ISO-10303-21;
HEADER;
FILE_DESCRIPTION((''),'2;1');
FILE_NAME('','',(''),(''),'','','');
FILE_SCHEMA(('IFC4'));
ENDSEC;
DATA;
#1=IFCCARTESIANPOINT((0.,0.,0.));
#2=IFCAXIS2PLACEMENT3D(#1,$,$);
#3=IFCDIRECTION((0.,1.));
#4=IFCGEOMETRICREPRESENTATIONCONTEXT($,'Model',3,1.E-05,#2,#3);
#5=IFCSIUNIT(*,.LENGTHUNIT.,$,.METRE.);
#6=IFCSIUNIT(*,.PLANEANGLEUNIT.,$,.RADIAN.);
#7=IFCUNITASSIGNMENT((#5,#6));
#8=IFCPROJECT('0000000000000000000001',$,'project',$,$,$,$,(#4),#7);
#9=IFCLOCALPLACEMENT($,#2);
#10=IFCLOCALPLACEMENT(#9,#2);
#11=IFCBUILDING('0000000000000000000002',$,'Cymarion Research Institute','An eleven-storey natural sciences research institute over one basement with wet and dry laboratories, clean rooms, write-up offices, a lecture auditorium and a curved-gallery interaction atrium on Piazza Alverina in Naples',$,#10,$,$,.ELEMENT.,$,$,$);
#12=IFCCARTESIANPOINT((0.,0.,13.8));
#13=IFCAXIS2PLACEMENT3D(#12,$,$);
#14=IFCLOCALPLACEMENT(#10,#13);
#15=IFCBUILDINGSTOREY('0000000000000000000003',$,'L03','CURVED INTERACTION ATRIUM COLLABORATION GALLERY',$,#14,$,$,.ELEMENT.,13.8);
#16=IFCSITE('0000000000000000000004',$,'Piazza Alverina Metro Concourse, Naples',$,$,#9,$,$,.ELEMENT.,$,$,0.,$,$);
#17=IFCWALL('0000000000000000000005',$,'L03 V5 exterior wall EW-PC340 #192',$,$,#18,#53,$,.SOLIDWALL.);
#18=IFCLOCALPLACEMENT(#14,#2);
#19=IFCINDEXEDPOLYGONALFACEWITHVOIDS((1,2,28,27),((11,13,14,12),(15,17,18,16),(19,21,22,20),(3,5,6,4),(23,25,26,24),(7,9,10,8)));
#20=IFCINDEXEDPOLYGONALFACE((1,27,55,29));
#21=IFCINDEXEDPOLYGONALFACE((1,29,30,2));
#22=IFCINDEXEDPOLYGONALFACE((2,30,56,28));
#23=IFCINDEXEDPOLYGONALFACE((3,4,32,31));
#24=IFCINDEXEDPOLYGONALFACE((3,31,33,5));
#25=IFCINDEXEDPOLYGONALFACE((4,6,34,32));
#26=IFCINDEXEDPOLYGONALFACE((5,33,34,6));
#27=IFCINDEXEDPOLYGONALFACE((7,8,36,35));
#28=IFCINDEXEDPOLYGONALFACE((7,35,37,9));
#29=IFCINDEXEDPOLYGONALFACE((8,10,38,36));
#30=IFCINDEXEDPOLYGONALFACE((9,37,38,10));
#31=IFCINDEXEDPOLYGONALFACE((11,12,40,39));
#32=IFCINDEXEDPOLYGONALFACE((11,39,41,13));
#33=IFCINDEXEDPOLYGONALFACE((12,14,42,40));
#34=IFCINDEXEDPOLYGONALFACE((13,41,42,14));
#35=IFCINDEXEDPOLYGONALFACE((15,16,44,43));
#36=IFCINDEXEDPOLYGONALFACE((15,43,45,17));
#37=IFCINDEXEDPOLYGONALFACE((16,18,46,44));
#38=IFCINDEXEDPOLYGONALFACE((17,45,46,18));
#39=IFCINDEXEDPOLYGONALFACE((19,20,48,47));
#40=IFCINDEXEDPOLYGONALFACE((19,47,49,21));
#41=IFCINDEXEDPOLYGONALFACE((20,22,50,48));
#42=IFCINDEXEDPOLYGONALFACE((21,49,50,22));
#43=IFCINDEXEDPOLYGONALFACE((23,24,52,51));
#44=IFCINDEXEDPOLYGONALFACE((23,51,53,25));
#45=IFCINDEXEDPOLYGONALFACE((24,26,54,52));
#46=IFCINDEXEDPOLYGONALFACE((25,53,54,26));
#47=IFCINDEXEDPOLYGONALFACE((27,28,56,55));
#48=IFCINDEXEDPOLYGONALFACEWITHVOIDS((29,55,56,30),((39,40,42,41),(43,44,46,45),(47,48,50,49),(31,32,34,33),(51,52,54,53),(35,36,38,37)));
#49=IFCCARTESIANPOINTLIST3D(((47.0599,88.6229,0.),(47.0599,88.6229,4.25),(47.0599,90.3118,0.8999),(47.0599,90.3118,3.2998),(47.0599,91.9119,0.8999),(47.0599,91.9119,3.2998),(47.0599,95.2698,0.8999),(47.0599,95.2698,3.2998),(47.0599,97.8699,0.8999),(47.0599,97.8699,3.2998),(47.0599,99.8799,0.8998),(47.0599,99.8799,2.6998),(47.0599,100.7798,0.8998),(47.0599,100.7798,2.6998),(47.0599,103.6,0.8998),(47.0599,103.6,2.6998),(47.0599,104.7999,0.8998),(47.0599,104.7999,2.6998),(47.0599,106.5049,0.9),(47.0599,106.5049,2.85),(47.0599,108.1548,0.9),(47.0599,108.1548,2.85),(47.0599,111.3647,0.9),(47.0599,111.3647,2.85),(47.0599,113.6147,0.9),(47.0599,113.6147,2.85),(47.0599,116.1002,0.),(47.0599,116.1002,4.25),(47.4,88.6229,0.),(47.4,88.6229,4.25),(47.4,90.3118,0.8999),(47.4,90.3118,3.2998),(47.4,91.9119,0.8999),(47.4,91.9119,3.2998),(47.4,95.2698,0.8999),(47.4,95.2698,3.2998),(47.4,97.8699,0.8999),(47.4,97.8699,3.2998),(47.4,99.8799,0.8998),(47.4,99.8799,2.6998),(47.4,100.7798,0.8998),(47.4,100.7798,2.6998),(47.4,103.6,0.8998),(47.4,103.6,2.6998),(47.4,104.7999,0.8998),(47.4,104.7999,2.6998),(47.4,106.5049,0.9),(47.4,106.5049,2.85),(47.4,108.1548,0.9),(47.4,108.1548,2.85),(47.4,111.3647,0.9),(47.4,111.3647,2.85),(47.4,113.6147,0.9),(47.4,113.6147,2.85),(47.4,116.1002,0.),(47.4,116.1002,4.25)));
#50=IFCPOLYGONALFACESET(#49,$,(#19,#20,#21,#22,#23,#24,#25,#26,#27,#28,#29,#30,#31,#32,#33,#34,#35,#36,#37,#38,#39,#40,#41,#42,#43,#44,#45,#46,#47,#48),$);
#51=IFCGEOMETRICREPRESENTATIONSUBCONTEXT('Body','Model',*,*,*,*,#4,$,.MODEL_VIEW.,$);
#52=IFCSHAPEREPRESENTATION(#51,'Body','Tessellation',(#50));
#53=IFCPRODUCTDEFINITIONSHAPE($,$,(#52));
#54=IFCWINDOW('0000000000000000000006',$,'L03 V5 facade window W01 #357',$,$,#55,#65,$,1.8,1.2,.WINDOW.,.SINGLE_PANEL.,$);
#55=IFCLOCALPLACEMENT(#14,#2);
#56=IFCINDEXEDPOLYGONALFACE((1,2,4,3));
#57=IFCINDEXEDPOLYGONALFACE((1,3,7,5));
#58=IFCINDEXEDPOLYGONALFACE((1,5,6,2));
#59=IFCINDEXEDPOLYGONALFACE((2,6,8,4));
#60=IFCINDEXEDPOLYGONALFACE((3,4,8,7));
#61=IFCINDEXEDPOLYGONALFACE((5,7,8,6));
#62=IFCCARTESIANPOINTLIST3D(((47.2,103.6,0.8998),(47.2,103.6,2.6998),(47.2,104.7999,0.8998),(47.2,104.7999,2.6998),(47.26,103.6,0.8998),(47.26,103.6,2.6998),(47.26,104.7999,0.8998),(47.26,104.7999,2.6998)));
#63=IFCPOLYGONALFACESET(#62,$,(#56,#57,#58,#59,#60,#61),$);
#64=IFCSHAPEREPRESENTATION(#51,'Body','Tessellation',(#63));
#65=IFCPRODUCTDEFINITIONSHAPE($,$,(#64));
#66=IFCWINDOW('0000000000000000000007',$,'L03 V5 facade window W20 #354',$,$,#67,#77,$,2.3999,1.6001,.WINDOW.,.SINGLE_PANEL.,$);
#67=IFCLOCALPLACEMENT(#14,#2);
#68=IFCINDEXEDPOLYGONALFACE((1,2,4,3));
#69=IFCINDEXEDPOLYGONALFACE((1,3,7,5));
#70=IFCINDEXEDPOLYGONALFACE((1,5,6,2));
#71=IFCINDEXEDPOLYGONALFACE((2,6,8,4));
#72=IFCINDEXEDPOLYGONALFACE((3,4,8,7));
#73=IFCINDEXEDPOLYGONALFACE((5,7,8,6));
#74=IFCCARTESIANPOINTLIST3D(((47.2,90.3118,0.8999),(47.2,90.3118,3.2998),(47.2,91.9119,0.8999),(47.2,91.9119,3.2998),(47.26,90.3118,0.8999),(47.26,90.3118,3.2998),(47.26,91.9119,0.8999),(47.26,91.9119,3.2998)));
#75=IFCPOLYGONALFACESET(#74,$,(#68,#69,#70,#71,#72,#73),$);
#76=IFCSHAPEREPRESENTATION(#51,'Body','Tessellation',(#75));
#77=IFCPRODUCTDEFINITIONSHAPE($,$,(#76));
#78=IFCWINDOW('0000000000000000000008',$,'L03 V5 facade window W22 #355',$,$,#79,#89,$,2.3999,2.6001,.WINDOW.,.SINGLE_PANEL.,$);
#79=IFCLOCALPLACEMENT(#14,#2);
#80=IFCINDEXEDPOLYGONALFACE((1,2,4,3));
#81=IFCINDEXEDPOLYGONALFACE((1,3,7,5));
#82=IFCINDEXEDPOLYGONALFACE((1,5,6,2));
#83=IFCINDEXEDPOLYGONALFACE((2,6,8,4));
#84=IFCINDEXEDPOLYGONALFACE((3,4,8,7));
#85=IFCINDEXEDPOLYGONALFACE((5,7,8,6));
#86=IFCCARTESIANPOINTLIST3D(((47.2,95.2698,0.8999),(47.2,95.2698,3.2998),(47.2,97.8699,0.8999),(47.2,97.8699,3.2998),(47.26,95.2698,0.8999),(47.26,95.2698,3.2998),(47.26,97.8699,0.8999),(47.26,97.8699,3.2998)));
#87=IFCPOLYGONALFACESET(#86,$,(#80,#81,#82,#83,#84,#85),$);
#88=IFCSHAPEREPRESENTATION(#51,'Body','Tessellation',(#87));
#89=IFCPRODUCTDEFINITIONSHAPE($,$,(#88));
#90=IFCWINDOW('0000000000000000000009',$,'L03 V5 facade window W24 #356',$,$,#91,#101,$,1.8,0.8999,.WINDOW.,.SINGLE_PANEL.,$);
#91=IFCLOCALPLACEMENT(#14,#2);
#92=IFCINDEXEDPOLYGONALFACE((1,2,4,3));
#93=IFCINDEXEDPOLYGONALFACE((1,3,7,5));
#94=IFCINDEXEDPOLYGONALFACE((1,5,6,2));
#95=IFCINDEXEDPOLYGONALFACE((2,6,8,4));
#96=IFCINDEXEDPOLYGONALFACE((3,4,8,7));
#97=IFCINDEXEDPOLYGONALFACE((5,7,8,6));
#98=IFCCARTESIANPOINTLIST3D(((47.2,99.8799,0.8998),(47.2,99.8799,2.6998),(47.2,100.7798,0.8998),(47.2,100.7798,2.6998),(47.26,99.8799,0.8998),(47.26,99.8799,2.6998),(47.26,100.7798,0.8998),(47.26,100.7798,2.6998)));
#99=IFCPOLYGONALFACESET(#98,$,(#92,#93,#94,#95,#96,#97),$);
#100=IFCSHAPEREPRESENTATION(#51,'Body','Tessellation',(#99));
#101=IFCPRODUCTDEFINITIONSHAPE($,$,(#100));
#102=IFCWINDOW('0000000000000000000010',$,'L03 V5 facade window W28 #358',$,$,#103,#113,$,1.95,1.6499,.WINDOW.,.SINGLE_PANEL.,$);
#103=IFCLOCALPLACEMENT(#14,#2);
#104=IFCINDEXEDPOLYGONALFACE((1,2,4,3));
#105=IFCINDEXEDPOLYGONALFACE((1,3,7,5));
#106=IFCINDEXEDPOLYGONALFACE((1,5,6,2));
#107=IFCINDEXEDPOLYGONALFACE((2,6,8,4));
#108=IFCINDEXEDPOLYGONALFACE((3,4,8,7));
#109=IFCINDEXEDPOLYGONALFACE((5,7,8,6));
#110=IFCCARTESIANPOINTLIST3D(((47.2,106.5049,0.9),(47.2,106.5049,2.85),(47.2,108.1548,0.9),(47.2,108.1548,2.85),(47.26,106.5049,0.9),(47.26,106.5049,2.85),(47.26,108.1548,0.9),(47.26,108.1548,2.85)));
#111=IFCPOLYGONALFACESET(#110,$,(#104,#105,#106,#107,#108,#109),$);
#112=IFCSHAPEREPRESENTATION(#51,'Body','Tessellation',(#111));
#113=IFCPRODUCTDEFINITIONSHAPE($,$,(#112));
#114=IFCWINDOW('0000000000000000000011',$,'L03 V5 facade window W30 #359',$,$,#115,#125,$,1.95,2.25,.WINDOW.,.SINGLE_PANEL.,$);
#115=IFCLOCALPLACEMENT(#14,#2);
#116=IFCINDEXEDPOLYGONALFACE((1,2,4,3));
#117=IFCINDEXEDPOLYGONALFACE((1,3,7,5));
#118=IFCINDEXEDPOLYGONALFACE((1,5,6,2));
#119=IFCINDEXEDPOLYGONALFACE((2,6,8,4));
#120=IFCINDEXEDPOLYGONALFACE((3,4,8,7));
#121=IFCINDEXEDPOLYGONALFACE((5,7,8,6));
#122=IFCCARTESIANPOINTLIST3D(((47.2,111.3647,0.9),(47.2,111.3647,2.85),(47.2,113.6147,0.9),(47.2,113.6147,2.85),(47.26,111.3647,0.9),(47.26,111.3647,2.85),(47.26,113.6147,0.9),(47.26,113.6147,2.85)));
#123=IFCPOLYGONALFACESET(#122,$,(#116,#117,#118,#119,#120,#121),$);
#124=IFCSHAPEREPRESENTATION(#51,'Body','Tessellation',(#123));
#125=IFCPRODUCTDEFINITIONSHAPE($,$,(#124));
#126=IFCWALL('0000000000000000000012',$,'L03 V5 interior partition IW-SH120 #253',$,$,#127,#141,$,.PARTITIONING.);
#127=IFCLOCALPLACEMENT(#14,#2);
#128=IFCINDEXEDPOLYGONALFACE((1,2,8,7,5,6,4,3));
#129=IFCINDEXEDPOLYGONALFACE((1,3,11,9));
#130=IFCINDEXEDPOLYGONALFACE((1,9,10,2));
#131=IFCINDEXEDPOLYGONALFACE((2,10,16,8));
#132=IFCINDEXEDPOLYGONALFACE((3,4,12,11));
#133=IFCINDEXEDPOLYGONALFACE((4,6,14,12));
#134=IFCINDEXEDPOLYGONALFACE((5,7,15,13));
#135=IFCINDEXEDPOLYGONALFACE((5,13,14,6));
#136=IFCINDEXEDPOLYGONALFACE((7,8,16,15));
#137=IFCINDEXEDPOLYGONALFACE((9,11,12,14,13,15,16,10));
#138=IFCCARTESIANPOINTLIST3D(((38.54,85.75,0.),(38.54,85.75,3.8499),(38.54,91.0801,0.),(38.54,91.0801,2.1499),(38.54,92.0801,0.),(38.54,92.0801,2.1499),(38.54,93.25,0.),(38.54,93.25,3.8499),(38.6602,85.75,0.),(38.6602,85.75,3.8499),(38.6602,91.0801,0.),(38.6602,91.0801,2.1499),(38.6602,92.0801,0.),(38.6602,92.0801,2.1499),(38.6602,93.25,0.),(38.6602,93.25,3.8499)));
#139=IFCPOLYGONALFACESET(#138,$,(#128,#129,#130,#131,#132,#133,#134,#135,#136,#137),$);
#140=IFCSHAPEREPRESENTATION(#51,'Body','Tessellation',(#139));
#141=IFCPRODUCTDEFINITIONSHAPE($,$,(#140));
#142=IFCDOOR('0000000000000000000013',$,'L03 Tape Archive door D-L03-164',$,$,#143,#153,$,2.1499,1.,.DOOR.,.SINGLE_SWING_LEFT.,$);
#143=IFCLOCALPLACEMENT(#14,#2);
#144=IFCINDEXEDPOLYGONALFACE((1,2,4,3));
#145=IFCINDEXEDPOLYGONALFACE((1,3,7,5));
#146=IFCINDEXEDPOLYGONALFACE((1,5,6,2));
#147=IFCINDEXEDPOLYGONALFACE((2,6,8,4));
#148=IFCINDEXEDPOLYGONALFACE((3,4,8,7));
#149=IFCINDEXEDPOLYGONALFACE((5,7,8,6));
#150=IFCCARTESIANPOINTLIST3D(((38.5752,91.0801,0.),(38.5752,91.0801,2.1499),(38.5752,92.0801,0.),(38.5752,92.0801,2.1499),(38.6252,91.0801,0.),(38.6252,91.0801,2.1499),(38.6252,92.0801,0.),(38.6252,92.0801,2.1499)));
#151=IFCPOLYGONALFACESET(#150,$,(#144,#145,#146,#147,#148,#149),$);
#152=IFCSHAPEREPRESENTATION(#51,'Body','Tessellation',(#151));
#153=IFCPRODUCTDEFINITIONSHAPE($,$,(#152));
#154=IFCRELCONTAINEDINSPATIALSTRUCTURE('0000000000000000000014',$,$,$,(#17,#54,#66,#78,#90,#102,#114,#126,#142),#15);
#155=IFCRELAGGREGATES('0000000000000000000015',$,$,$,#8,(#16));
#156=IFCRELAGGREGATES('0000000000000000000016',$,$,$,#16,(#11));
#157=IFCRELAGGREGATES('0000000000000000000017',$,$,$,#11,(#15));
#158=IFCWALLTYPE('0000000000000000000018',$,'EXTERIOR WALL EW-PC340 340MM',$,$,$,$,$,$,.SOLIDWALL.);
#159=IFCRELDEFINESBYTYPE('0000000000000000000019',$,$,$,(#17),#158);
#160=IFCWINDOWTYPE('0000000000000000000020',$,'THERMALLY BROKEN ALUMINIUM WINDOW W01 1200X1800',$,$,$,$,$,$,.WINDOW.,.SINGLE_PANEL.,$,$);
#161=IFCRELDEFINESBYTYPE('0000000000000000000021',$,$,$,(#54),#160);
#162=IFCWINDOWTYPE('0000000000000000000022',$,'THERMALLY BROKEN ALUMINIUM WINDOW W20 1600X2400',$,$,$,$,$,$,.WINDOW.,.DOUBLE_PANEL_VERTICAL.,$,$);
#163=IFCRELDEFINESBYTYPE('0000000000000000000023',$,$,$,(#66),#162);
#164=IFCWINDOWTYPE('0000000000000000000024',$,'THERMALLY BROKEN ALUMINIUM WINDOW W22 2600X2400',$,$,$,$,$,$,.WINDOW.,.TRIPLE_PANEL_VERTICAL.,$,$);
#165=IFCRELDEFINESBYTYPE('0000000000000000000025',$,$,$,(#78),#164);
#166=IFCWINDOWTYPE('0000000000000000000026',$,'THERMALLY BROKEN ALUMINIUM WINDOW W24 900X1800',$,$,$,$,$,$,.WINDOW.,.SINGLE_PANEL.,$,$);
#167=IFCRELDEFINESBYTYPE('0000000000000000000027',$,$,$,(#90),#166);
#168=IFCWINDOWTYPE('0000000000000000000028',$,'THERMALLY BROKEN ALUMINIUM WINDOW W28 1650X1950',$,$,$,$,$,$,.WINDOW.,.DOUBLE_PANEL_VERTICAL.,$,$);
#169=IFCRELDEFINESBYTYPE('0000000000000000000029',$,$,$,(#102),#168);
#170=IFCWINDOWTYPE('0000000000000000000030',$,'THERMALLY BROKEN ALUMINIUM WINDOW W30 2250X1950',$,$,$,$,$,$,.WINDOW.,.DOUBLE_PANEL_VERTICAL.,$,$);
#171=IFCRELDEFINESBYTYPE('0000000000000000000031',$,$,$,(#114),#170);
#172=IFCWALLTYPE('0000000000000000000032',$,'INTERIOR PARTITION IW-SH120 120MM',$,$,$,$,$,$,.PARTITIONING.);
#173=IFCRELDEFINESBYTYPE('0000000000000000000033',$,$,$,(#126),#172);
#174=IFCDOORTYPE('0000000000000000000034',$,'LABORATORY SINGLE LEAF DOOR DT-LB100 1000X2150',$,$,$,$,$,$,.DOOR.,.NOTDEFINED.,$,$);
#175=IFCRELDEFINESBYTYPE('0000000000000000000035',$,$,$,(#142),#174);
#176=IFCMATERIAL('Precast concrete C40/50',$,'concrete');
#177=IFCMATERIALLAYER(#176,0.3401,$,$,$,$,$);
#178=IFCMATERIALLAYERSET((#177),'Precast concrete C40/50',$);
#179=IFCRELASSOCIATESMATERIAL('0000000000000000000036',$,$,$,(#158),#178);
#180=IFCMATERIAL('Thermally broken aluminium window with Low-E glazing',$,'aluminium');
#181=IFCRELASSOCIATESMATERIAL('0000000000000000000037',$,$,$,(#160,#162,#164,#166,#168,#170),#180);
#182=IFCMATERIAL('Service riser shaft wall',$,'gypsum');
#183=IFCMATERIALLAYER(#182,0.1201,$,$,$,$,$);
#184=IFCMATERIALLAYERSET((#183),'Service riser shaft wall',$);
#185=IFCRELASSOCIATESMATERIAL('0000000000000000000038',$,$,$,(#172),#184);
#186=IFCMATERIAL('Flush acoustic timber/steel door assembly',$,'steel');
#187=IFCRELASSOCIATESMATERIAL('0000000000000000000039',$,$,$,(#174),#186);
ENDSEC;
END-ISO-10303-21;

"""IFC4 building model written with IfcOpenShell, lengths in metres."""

from ifc_helpers import new_model, si_unit, direction, frame, frame_2d, origin, place, context, subcontext, project, spatial, rectangle, extrude, material, layer, layer_set, type_object, element, fill, save


model = new_model("IFC4")

# Units and contexts
model_context = context("Model", 3, precision=1e-05, world=origin(), true_north=direction((0.0, 1.0)))
body_context = subcontext(model_context, "Body", "Model", "MODEL_VIEW")
ifc_project = project(units=[si_unit("LENGTHUNIT", "METRE"), si_unit("PLANEANGLEUNIT", "RADIAN")], contexts=[model_context])

# Site, building, storey
site_placement = place(None, origin())
site = spatial("IfcSite", under=ifc_project, at=site_placement, Name="Piazza Alverina Metro Concourse, Naples", CompositionType="ELEMENT", RefElevation=0.0)
building_placement = place(site_placement, origin())
building = spatial("IfcBuilding", under=site, at=building_placement, Name="Cymarion Research Institute", Description="An eleven-storey natural sciences research institute over one basement with wet and dry laboratories, clean rooms, write-up offices, a lecture auditorium and a curved-gallery interaction atrium on Piazza Alverina in Naples", CompositionType="ELEMENT")
storey_placement = place(building_placement, frame((0.0, 0.0, 13.8)))
storey = spatial("IfcBuildingStorey", under=building, at=storey_placement, Name="L03", Description="CURVED INTERACTION ATRIUM COLLABORATION GALLERY", CompositionType="ELEMENT", Elevation=13.8)

# Wall, openings, windows
ifc_material_1 = material(Name="Precast concrete C40/50", Category="concrete")
ifc_layer_1 = layer(ifc_material_1, 0.3401)
ifc_layer_set_1 = layer_set([ifc_layer_1], Name="Precast concrete C40/50")
wall_type_1 = type_object("IfcWallType", Name="EXTERIOR WALL EW-PC340 340MM", PredefinedType="SOLIDWALL", material=ifc_layer_set_1)
wall_1_placement = place(storey_placement, frame((47.23, 88.6228, 0.0), z_axis=(0.0, 0.0, 1.0), x_axis=(0.0, 1.0, 0.0)))
wall_1 = element("IfcWall", 1, at=wall_1_placement, inside=storey, type_object=wall_type_1, Name="L03 V5 exterior wall EW-PC340 #192", PredefinedType="SOLIDWALL", context=body_context, shape_type="SweptSolid", body=[
    extrude(rectangle(XDim=27.4773, YDim=0.3401, at=frame_2d((13.7388, 0.0))), origin(), (0.0, 0.0, 1.0), 4.25),
])
opening_1_placement = place(wall_1_placement, frame((1.689, 0.0, 0.8999)))
opening_1 = element("IfcOpeningElement", 2, at=opening_1_placement, cuts=wall_1, PredefinedType="OPENING", context=body_context, shape_type="SweptSolid", body=[
    extrude(rectangle(XDim=1.6001, YDim=2.3999, at=frame_2d((0.8, 1.2))), frame((0.0, 0.1799, 0.0), z_axis=(0.0, -1.0, 0.0), x_axis=(1.0, 0.0, 0.0)), (0.0, 0.0, 1.0), 0.3601),
])
opening_2_placement = place(wall_1_placement, frame((6.647, 0.0, 0.8999)))
opening_2 = element("IfcOpeningElement", 3, at=opening_2_placement, cuts=wall_1, PredefinedType="OPENING", context=body_context, shape_type="SweptSolid", body=[
    extrude(rectangle(XDim=2.6001, YDim=2.3999, at=frame_2d((1.3, 1.2))), frame((0.0, 0.1799, 0.0), z_axis=(0.0, -1.0, 0.0), x_axis=(1.0, 0.0, 0.0)), (0.0, 0.0, 1.0), 0.3601),
])
opening_3_placement = place(wall_1_placement, frame((11.2571, 0.0, 0.8999)))
opening_3 = element("IfcOpeningElement", 4, at=opening_3_placement, cuts=wall_1, PredefinedType="OPENING", context=body_context, shape_type="SweptSolid", body=[
    extrude(rectangle(XDim=0.8999, YDim=1.8, at=frame_2d((0.45, 0.8999))), frame((0.0, 0.1799, 0.0), z_axis=(0.0, -1.0, 0.0), x_axis=(1.0, 0.0, 0.0)), (0.0, 0.0, 1.0), 0.3601),
])
opening_4_placement = place(wall_1_placement, frame((14.9771, 0.0, 0.8999)))
opening_4 = element("IfcOpeningElement", 5, at=opening_4_placement, cuts=wall_1, PredefinedType="OPENING", context=body_context, shape_type="SweptSolid", body=[
    extrude(rectangle(XDim=1.2, YDim=1.8, at=frame_2d((0.6001, 0.8999))), frame((0.0, 0.1799, 0.0), z_axis=(0.0, -1.0, 0.0), x_axis=(1.0, 0.0, 0.0)), (0.0, 0.0, 1.0), 0.3601),
])
opening_5_placement = place(wall_1_placement, frame((17.8821, 0.0, 0.8999)))
opening_5 = element("IfcOpeningElement", 6, at=opening_5_placement, cuts=wall_1, PredefinedType="OPENING", context=body_context, shape_type="SweptSolid", body=[
    extrude(rectangle(XDim=1.6499, YDim=1.95, at=frame_2d((0.825, 0.9751))), frame((0.0, 0.1799, 0.0), z_axis=(0.0, -1.0, 0.0), x_axis=(1.0, 0.0, 0.0)), (0.0, 0.0, 1.0), 0.3601),
])
opening_6_placement = place(wall_1_placement, frame((22.7419, 0.0, 0.8999)))
opening_6 = element("IfcOpeningElement", 7, at=opening_6_placement, cuts=wall_1, PredefinedType="OPENING", context=body_context, shape_type="SweptSolid", body=[
    extrude(rectangle(XDim=2.25, YDim=1.95, at=frame_2d((1.125, 0.9751))), frame((0.0, 0.1799, 0.0), z_axis=(0.0, -1.0, 0.0), x_axis=(1.0, 0.0, 0.0)), (0.0, 0.0, 1.0), 0.3601),
])
ifc_material_2 = material(Name="Thermally broken aluminium window with Low-E glazing", Category="aluminium")
window_type_1 = type_object("IfcWindowType", Name="THERMALLY BROKEN ALUMINIUM WINDOW W01 1200X1800", PartitioningType="SINGLE_PANEL", PredefinedType="WINDOW", material=ifc_material_2)
window_1_placement = place(opening_4_placement, origin())
window_1 = element("IfcWindow", 8, at=window_1_placement, inside=storey, type_object=window_type_1, Name="L03 V5 facade window W01 #357", OverallHeight=1.8, OverallWidth=1.2, PartitioningType="SINGLE_PANEL", PredefinedType="WINDOW", context=body_context, shape_type="SweptSolid", body=[
    extrude(rectangle(XDim=1.2, YDim=1.8, at=frame_2d((0.6001, 0.8999))), frame((0.0, 0.03, 0.0), z_axis=(0.0, -1.0, 0.0), x_axis=(1.0, 0.0, 0.0)), (0.0, 0.0, 1.0), 0.0601),
])
fill(opening_4, window_1)
window_type_2 = type_object("IfcWindowType", Name="THERMALLY BROKEN ALUMINIUM WINDOW W20 1600X2400", PartitioningType="DOUBLE_PANEL_VERTICAL", PredefinedType="WINDOW", material=ifc_material_2)
window_2_placement = place(opening_1_placement, origin())
window_2 = element("IfcWindow", 9, at=window_2_placement, inside=storey, type_object=window_type_2, Name="L03 V5 facade window W20 #354", OverallHeight=2.3999, OverallWidth=1.6001, PartitioningType="SINGLE_PANEL", PredefinedType="WINDOW", context=body_context, shape_type="SweptSolid", body=[
    extrude(rectangle(XDim=1.6001, YDim=2.3999, at=frame_2d((0.8, 1.2))), frame((0.0, 0.03, 0.0), z_axis=(0.0, -1.0, 0.0), x_axis=(1.0, 0.0, 0.0)), (0.0, 0.0, 1.0), 0.0601),
])
fill(opening_1, window_2)
window_type_3 = type_object("IfcWindowType", Name="THERMALLY BROKEN ALUMINIUM WINDOW W22 2600X2400", PartitioningType="TRIPLE_PANEL_VERTICAL", PredefinedType="WINDOW", material=ifc_material_2)
window_3_placement = place(opening_2_placement, origin())
window_3 = element("IfcWindow", 10, at=window_3_placement, inside=storey, type_object=window_type_3, Name="L03 V5 facade window W22 #355", OverallHeight=2.3999, OverallWidth=2.6001, PartitioningType="SINGLE_PANEL", PredefinedType="WINDOW", context=body_context, shape_type="SweptSolid", body=[
    extrude(rectangle(XDim=2.6001, YDim=2.3999, at=frame_2d((1.3, 1.2))), frame((0.0, 0.03, 0.0), z_axis=(0.0, -1.0, 0.0), x_axis=(1.0, 0.0, 0.0)), (0.0, 0.0, 1.0), 0.0601),
])
fill(opening_2, window_3)
window_type_4 = type_object("IfcWindowType", Name="THERMALLY BROKEN ALUMINIUM WINDOW W24 900X1800", PartitioningType="SINGLE_PANEL", PredefinedType="WINDOW", material=ifc_material_2)
window_4_placement = place(opening_3_placement, origin())
window_4 = element("IfcWindow", 11, at=window_4_placement, inside=storey, type_object=window_type_4, Name="L03 V5 facade window W24 #356", OverallHeight=1.8, OverallWidth=0.8999, PartitioningType="SINGLE_PANEL", PredefinedType="WINDOW", context=body_context, shape_type="SweptSolid", body=[
    extrude(rectangle(XDim=0.8999, YDim=1.8, at=frame_2d((0.45, 0.8999))), frame((0.0, 0.03, 0.0), z_axis=(0.0, -1.0, 0.0), x_axis=(1.0, 0.0, 0.0)), (0.0, 0.0, 1.0), 0.0601),
])
fill(opening_3, window_4)
window_type_5 = type_object("IfcWindowType", Name="THERMALLY BROKEN ALUMINIUM WINDOW W28 1650X1950", PartitioningType="DOUBLE_PANEL_VERTICAL", PredefinedType="WINDOW", material=ifc_material_2)
window_5_placement = place(opening_5_placement, origin())
window_5 = element("IfcWindow", 12, at=window_5_placement, inside=storey, type_object=window_type_5, Name="L03 V5 facade window W28 #358", OverallHeight=1.95, OverallWidth=1.6499, PartitioningType="SINGLE_PANEL", PredefinedType="WINDOW", context=body_context, shape_type="SweptSolid", body=[
    extrude(rectangle(XDim=1.6499, YDim=1.95, at=frame_2d((0.825, 0.9751))), frame((0.0, 0.03, 0.0), z_axis=(0.0, -1.0, 0.0), x_axis=(1.0, 0.0, 0.0)), (0.0, 0.0, 1.0), 0.0601),
])
fill(opening_5, window_5)
window_type_6 = type_object("IfcWindowType", Name="THERMALLY BROKEN ALUMINIUM WINDOW W30 2250X1950", PartitioningType="DOUBLE_PANEL_VERTICAL", PredefinedType="WINDOW", material=ifc_material_2)
window_6_placement = place(opening_6_placement, origin())
window_6 = element("IfcWindow", 13, at=window_6_placement, inside=storey, type_object=window_type_6, Name="L03 V5 facade window W30 #359", OverallHeight=1.95, OverallWidth=2.25, PartitioningType="SINGLE_PANEL", PredefinedType="WINDOW", context=body_context, shape_type="SweptSolid", body=[
    extrude(rectangle(XDim=2.25, YDim=1.95, at=frame_2d((1.125, 0.9751))), frame((0.0, 0.03, 0.0), z_axis=(0.0, -1.0, 0.0), x_axis=(1.0, 0.0, 0.0)), (0.0, 0.0, 1.0), 0.0601),
])
fill(opening_6, window_6)

# Wall, opening, door
ifc_material_3 = material(Name="Service riser shaft wall", Category="gypsum")
ifc_layer_2 = layer(ifc_material_3, 0.1201)
ifc_layer_set_2 = layer_set([ifc_layer_2], Name="Service riser shaft wall")
wall_type_2 = type_object("IfcWallType", Name="INTERIOR PARTITION IW-SH120 120MM", PredefinedType="PARTITIONING", material=ifc_layer_set_2)
wall_2_placement = place(storey_placement, frame((38.6001, 85.75, 0.0), z_axis=(0.0, 0.0, 1.0), x_axis=(0.0, 1.0, 0.0)))
wall_2 = element("IfcWall", 14, at=wall_2_placement, inside=storey, type_object=wall_type_2, Name="L03 V5 interior partition IW-SH120 #253", PredefinedType="PARTITIONING", context=body_context, shape_type="SweptSolid", body=[
    extrude(rectangle(XDim=7.5, YDim=0.1201, at=frame_2d((3.75, 0.0))), origin(), (0.0, 0.0, 1.0), 3.8499),
])
opening_7_placement = place(wall_2_placement, frame((5.3301, 0.0, 0.0)))
opening_7 = element("IfcOpeningElement", 15, at=opening_7_placement, cuts=wall_2, PredefinedType="OPENING", context=body_context, shape_type="SweptSolid", body=[
    extrude(rectangle(XDim=1.0, YDim=2.1499, at=frame_2d((0.5, 1.075))), frame((0.0, 0.0701, 0.0), z_axis=(0.0, -1.0, 0.0), x_axis=(1.0, 0.0, 0.0)), (0.0, 0.0, 1.0), 0.1401),
])
ifc_material_4 = material(Name="Flush acoustic timber/steel door assembly", Category="steel")
door_type = type_object("IfcDoorType", Name="LABORATORY SINGLE LEAF DOOR DT-LB100 1000X2150", OperationType="NOTDEFINED", PredefinedType="DOOR", material=ifc_material_4)
door_placement = place(opening_7_placement, origin())
door = element("IfcDoor", 16, at=door_placement, inside=storey, type_object=door_type, Name="L03 Tape Archive door D-L03-164", OperationType="SINGLE_SWING_LEFT", OverallHeight=2.1499, OverallWidth=1.0, PredefinedType="DOOR", context=body_context, shape_type="SweptSolid", body=[
    extrude(rectangle(XDim=1.0, YDim=2.1499, at=frame_2d((0.5, 1.075))), frame((0.0, 0.0249, 0.0), z_axis=(0.0, -1.0, 0.0), x_axis=(1.0, 0.0, 0.0)), (0.0, 0.0, 1.0), 0.05),
])
fill(opening_7, door)

save(model, "model.ifc")
